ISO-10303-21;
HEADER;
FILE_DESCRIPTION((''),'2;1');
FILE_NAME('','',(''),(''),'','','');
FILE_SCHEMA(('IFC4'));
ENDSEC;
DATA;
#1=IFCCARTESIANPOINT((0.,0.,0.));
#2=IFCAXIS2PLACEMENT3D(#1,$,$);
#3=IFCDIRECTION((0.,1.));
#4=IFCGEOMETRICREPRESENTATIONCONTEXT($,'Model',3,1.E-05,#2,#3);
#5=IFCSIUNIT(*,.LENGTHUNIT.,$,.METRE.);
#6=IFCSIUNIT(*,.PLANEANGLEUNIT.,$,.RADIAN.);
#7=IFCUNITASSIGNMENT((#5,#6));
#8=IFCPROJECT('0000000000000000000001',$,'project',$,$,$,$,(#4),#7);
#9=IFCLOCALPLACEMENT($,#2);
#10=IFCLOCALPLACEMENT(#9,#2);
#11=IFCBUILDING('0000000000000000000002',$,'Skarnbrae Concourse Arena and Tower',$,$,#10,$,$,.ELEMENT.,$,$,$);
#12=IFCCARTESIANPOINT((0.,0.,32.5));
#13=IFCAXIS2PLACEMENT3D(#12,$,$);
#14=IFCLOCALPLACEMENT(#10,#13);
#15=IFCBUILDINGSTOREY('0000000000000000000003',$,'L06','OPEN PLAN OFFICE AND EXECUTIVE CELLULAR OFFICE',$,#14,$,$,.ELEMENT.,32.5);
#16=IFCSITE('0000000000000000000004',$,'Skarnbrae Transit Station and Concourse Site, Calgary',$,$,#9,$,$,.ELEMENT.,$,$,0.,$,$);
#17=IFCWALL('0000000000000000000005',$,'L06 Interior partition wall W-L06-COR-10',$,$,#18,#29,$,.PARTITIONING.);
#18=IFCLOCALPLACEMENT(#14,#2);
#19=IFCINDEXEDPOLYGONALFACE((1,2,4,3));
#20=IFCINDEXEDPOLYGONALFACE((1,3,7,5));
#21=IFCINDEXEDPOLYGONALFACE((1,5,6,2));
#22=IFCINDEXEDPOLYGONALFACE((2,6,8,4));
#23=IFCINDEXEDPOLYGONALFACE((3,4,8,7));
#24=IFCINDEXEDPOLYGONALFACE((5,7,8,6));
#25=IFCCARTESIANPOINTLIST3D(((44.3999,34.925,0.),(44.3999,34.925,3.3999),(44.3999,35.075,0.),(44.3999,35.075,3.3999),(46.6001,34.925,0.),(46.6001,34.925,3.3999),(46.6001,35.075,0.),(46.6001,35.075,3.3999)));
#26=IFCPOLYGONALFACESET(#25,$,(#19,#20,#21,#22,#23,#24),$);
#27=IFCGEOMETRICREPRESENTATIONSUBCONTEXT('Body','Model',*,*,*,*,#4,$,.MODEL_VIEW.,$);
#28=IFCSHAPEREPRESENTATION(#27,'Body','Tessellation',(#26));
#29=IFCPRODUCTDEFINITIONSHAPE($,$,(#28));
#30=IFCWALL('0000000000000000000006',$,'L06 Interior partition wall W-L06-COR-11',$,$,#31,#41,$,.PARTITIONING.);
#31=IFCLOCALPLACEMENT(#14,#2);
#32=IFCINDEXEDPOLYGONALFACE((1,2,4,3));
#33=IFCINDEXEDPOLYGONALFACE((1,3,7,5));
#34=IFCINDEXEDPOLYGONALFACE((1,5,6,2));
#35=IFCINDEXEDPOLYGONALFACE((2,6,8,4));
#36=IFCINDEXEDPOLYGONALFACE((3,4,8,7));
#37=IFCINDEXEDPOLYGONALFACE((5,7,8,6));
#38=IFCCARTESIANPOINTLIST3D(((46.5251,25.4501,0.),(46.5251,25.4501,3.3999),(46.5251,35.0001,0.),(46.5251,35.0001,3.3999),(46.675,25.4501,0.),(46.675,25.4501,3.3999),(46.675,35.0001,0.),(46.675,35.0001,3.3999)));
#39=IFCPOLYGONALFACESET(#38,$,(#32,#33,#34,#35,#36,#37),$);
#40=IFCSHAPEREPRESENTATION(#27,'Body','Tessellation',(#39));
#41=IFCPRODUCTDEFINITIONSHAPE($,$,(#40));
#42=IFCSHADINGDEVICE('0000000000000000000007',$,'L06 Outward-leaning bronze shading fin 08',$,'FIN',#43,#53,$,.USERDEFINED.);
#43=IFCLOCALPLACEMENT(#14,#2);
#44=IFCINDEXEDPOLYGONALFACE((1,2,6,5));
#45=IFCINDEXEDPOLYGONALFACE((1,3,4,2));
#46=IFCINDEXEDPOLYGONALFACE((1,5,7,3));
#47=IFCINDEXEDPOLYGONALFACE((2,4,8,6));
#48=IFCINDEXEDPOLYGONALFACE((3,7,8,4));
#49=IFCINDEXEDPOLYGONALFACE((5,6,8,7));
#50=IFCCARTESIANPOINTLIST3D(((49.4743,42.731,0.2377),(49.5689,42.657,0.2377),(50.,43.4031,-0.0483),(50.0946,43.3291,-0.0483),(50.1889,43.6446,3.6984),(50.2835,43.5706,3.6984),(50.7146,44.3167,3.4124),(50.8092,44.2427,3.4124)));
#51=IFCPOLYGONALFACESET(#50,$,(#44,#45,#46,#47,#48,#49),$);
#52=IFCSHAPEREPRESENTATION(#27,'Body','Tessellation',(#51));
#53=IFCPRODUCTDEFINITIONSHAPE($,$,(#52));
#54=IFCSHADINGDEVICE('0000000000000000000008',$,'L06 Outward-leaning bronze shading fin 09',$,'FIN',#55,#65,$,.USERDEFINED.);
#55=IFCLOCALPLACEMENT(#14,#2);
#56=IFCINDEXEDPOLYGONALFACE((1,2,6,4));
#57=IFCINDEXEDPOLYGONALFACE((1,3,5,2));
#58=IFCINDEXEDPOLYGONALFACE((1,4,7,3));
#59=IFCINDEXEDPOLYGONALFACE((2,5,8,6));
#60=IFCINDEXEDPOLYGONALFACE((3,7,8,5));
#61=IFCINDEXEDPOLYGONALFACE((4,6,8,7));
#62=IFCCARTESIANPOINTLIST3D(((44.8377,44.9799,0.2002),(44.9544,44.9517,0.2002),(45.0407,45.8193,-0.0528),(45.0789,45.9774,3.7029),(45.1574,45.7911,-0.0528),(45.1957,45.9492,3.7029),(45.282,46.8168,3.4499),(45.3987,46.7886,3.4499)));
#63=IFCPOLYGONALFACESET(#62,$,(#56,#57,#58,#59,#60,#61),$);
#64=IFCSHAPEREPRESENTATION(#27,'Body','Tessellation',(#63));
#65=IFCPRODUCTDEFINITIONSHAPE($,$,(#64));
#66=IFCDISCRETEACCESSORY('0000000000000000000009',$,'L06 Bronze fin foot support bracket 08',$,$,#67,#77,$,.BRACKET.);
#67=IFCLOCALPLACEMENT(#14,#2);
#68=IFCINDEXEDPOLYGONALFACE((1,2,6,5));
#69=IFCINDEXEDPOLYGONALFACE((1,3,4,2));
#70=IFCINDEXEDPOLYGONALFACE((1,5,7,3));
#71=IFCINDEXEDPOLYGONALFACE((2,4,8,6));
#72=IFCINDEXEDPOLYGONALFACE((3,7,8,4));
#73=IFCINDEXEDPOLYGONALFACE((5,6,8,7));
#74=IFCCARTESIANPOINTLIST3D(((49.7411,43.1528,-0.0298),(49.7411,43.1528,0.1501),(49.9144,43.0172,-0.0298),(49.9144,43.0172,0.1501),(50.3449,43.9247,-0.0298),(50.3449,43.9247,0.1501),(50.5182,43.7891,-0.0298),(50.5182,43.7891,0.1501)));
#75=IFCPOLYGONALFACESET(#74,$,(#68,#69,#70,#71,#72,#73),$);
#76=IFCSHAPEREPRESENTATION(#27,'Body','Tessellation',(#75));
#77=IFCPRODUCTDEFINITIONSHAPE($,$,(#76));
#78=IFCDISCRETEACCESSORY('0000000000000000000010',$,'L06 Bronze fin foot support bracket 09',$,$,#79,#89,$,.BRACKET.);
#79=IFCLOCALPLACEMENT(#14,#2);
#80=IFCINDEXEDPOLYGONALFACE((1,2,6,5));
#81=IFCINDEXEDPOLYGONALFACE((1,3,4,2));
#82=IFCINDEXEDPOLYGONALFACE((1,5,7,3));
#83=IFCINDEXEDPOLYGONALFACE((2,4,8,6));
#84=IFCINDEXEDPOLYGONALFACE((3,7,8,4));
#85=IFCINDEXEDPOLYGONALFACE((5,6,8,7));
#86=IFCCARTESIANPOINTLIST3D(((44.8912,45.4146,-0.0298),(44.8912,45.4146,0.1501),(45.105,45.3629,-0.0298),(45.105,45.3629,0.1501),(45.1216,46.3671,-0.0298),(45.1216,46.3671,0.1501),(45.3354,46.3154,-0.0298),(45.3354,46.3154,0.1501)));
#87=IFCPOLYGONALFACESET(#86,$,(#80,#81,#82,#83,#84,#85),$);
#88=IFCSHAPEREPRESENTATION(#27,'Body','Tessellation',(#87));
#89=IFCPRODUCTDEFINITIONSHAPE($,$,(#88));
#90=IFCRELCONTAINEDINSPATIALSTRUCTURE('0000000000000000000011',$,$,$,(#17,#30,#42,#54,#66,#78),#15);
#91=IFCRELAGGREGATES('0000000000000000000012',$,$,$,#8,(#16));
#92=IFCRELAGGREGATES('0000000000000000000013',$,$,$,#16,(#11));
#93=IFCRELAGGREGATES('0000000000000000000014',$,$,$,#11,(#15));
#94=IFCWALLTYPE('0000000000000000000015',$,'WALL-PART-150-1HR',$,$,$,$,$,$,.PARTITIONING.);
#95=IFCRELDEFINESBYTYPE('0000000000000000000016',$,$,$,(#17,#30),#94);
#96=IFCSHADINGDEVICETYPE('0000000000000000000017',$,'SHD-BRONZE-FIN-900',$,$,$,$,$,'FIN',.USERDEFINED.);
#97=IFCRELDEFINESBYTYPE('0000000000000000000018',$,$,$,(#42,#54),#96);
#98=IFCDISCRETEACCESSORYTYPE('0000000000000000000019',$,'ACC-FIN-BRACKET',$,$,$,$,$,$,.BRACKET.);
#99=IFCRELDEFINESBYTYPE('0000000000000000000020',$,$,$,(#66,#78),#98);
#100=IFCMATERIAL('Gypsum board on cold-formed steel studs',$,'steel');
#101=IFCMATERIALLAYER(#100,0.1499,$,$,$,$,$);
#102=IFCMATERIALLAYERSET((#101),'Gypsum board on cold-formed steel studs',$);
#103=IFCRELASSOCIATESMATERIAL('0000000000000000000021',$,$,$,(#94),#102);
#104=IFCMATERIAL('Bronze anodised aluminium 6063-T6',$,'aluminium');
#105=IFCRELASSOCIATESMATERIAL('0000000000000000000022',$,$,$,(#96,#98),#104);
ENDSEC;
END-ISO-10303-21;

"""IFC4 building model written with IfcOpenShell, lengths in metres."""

from ifc_helpers import new_model, si_unit, direction, frame, frame_2d, origin, origin_2d, place, context, subcontext, project, spatial, rectangle, extrude, source, transform, mapped, material, layer, layer_set, type_object, element, save


model = new_model("IFC4")

# Units and contexts
model_context = context("Model", 3, precision=1e-05, world=origin(), true_north=direction((0.0, 1.0)))
body_context = subcontext(model_context, "Body", "Model", "MODEL_VIEW")
ifc_project = project(units=[si_unit("LENGTHUNIT", "METRE"), si_unit("PLANEANGLEUNIT", "RADIAN")], contexts=[model_context])

# Site, building, storey
site_placement = place(None, origin())
site = spatial("IfcSite", under=ifc_project, at=site_placement, Name="Skarnbrae Transit Station and Concourse Site, Calgary", CompositionType="ELEMENT", RefElevation=0.0)
building_placement = place(site_placement, origin())
building = spatial("IfcBuilding", under=site, at=building_placement, Name="Skarnbrae Concourse Arena and Tower", CompositionType="ELEMENT")
storey_placement = place(building_placement, frame((0.0, 0.0, 32.5)))
storey = spatial("IfcBuildingStorey", under=building, at=storey_placement, Name="L06", Description="OPEN PLAN OFFICE AND EXECUTIVE CELLULAR OFFICE", CompositionType="ELEMENT", Elevation=32.5)

# Shared definitions
ifc_material_1 = material(Name="Bronze anodised aluminium 6063-T6", Category="aluminium")

# Walls
ifc_material_2 = material(Name="Gypsum board on cold-formed steel studs", Category="steel")
ifc_layer_1 = layer(ifc_material_2, 0.1499)
ifc_layer_set_1 = layer_set([ifc_layer_1], Name="Gypsum board on cold-formed steel studs")
wall_type_1 = type_object("IfcWallType", Name="WALL-PART-150-1HR", PredefinedType="PARTITIONING", material=ifc_layer_set_1)
shared_shape_1 = source(origin(), body_context, "Body", "SweptSolid", [
    extrude(rectangle(XDim=2.2002, YDim=0.1499, at=frame_2d((1.1001, 0.0))), origin(), (0.0, 0.0, 1.0), 3.3999),
])
wall_1_placement = place(storey_placement, frame((44.3999, 35.0, 0.0), z_axis=(0.0, 0.0, 1.0), x_axis=(1.0, 0.0, 0.0)))
element("IfcWall", 1, at=wall_1_placement, inside=storey, type_object=wall_type_1, Name="L06 Interior partition wall W-L06-COR-10", PredefinedType="PARTITIONING", context=body_context, shape_type="MappedRepresentation", body=[
    mapped(shared_shape_1, transform((0.0, 0.0, 0.0))),
])
shared_shape_2 = source(origin(), body_context, "Body", "SweptSolid", [
    extrude(rectangle(XDim=9.55, YDim=0.1499, at=frame_2d((4.7749, 0.0))), origin(), (0.0, 0.0, 1.0), 3.3999),
])
wall_2_placement = place(storey_placement, frame((46.6001, 35.0, 0.0), z_axis=(0.0, 0.0, 1.0), x_axis=(0.0, -1.0, 0.0)))
element("IfcWall", 2, at=wall_2_placement, inside=storey, type_object=wall_type_1, Name="L06 Interior partition wall W-L06-COR-11", PredefinedType="PARTITIONING", context=body_context, shape_type="MappedRepresentation", body=[
    mapped(shared_shape_2, transform((0.0, 0.0, 0.0))),
])

# Shading devices
shading_device_type = type_object("IfcShadingDeviceType", Name="SHD-BRONZE-FIN-900", ElementType="FIN", PredefinedType="USERDEFINED", material=ifc_material_1)
shared_shape_3 = source(origin(), body_context, "Body", "SweptSolid", [
    extrude(rectangle(XDim=0.1201, YDim=0.8999, at=origin_2d()), origin(), (0.0, 0.0, 1.0), 3.6499),
])
for number, where, z_axis, x_axis, name in (
    (3, (49.7844, 43.03, 0.0947), (0.195802, 0.250318, 0.948157), (0.787656, -0.616115, 0.0), "L06 Outward-leaning bronze shading fin 08"),
    (4, (44.9976, 45.3855, 0.0737), (0.0661, 0.273289, 0.959658), (0.971973, -0.235091, 0.0), "L06 Outward-leaning bronze shading fin 09"),
):
    element("IfcShadingDevice", number, at=place(storey_placement, frame(where, z_axis=z_axis, x_axis=x_axis)), inside=storey, type_object=shading_device_type, Name=name, ObjectType="FIN", PredefinedType="USERDEFINED", context=body_context, shape_type="MappedRepresentation", body=[
        mapped(shared_shape_3, transform((0.0, 0.0, 0.0))),
    ])

# Discrete accessories
discrete_accessory_type = type_object("IfcDiscreteAccessoryType", Name="ACC-FIN-BRACKET", PredefinedType="BRACKET", material=ifc_material_1)
shared_shape_4 = source(origin(), body_context, "Body", "SweptSolid", [
    extrude(rectangle(XDim=0.22, YDim=0.98, at=origin_2d()), origin(), (0.0, 0.0, 1.0), 0.1799),
])
for number, where, z_axis, x_axis, name in (
    (5, (50.1296, 43.4709, -0.0298), (0.0, 0.0, 1.0), (0.787656, -0.616115, 0.0), "L06 Bronze fin foot support bracket 08"),
    (6, (45.1133, 45.865, -0.0298), (0.0, 0.0, 1.0), (0.971973, -0.235091, 0.0), "L06 Bronze fin foot support bracket 09"),
):
    element("IfcDiscreteAccessory", number, at=place(storey_placement, frame(where, z_axis=z_axis, x_axis=x_axis)), inside=storey, type_object=discrete_accessory_type, Name=name, PredefinedType="BRACKET", context=body_context, shape_type="MappedRepresentation", body=[
        mapped(shared_shape_4, transform((0.0, 0.0, 0.0))),
    ])

save(model, "model.ifc")
